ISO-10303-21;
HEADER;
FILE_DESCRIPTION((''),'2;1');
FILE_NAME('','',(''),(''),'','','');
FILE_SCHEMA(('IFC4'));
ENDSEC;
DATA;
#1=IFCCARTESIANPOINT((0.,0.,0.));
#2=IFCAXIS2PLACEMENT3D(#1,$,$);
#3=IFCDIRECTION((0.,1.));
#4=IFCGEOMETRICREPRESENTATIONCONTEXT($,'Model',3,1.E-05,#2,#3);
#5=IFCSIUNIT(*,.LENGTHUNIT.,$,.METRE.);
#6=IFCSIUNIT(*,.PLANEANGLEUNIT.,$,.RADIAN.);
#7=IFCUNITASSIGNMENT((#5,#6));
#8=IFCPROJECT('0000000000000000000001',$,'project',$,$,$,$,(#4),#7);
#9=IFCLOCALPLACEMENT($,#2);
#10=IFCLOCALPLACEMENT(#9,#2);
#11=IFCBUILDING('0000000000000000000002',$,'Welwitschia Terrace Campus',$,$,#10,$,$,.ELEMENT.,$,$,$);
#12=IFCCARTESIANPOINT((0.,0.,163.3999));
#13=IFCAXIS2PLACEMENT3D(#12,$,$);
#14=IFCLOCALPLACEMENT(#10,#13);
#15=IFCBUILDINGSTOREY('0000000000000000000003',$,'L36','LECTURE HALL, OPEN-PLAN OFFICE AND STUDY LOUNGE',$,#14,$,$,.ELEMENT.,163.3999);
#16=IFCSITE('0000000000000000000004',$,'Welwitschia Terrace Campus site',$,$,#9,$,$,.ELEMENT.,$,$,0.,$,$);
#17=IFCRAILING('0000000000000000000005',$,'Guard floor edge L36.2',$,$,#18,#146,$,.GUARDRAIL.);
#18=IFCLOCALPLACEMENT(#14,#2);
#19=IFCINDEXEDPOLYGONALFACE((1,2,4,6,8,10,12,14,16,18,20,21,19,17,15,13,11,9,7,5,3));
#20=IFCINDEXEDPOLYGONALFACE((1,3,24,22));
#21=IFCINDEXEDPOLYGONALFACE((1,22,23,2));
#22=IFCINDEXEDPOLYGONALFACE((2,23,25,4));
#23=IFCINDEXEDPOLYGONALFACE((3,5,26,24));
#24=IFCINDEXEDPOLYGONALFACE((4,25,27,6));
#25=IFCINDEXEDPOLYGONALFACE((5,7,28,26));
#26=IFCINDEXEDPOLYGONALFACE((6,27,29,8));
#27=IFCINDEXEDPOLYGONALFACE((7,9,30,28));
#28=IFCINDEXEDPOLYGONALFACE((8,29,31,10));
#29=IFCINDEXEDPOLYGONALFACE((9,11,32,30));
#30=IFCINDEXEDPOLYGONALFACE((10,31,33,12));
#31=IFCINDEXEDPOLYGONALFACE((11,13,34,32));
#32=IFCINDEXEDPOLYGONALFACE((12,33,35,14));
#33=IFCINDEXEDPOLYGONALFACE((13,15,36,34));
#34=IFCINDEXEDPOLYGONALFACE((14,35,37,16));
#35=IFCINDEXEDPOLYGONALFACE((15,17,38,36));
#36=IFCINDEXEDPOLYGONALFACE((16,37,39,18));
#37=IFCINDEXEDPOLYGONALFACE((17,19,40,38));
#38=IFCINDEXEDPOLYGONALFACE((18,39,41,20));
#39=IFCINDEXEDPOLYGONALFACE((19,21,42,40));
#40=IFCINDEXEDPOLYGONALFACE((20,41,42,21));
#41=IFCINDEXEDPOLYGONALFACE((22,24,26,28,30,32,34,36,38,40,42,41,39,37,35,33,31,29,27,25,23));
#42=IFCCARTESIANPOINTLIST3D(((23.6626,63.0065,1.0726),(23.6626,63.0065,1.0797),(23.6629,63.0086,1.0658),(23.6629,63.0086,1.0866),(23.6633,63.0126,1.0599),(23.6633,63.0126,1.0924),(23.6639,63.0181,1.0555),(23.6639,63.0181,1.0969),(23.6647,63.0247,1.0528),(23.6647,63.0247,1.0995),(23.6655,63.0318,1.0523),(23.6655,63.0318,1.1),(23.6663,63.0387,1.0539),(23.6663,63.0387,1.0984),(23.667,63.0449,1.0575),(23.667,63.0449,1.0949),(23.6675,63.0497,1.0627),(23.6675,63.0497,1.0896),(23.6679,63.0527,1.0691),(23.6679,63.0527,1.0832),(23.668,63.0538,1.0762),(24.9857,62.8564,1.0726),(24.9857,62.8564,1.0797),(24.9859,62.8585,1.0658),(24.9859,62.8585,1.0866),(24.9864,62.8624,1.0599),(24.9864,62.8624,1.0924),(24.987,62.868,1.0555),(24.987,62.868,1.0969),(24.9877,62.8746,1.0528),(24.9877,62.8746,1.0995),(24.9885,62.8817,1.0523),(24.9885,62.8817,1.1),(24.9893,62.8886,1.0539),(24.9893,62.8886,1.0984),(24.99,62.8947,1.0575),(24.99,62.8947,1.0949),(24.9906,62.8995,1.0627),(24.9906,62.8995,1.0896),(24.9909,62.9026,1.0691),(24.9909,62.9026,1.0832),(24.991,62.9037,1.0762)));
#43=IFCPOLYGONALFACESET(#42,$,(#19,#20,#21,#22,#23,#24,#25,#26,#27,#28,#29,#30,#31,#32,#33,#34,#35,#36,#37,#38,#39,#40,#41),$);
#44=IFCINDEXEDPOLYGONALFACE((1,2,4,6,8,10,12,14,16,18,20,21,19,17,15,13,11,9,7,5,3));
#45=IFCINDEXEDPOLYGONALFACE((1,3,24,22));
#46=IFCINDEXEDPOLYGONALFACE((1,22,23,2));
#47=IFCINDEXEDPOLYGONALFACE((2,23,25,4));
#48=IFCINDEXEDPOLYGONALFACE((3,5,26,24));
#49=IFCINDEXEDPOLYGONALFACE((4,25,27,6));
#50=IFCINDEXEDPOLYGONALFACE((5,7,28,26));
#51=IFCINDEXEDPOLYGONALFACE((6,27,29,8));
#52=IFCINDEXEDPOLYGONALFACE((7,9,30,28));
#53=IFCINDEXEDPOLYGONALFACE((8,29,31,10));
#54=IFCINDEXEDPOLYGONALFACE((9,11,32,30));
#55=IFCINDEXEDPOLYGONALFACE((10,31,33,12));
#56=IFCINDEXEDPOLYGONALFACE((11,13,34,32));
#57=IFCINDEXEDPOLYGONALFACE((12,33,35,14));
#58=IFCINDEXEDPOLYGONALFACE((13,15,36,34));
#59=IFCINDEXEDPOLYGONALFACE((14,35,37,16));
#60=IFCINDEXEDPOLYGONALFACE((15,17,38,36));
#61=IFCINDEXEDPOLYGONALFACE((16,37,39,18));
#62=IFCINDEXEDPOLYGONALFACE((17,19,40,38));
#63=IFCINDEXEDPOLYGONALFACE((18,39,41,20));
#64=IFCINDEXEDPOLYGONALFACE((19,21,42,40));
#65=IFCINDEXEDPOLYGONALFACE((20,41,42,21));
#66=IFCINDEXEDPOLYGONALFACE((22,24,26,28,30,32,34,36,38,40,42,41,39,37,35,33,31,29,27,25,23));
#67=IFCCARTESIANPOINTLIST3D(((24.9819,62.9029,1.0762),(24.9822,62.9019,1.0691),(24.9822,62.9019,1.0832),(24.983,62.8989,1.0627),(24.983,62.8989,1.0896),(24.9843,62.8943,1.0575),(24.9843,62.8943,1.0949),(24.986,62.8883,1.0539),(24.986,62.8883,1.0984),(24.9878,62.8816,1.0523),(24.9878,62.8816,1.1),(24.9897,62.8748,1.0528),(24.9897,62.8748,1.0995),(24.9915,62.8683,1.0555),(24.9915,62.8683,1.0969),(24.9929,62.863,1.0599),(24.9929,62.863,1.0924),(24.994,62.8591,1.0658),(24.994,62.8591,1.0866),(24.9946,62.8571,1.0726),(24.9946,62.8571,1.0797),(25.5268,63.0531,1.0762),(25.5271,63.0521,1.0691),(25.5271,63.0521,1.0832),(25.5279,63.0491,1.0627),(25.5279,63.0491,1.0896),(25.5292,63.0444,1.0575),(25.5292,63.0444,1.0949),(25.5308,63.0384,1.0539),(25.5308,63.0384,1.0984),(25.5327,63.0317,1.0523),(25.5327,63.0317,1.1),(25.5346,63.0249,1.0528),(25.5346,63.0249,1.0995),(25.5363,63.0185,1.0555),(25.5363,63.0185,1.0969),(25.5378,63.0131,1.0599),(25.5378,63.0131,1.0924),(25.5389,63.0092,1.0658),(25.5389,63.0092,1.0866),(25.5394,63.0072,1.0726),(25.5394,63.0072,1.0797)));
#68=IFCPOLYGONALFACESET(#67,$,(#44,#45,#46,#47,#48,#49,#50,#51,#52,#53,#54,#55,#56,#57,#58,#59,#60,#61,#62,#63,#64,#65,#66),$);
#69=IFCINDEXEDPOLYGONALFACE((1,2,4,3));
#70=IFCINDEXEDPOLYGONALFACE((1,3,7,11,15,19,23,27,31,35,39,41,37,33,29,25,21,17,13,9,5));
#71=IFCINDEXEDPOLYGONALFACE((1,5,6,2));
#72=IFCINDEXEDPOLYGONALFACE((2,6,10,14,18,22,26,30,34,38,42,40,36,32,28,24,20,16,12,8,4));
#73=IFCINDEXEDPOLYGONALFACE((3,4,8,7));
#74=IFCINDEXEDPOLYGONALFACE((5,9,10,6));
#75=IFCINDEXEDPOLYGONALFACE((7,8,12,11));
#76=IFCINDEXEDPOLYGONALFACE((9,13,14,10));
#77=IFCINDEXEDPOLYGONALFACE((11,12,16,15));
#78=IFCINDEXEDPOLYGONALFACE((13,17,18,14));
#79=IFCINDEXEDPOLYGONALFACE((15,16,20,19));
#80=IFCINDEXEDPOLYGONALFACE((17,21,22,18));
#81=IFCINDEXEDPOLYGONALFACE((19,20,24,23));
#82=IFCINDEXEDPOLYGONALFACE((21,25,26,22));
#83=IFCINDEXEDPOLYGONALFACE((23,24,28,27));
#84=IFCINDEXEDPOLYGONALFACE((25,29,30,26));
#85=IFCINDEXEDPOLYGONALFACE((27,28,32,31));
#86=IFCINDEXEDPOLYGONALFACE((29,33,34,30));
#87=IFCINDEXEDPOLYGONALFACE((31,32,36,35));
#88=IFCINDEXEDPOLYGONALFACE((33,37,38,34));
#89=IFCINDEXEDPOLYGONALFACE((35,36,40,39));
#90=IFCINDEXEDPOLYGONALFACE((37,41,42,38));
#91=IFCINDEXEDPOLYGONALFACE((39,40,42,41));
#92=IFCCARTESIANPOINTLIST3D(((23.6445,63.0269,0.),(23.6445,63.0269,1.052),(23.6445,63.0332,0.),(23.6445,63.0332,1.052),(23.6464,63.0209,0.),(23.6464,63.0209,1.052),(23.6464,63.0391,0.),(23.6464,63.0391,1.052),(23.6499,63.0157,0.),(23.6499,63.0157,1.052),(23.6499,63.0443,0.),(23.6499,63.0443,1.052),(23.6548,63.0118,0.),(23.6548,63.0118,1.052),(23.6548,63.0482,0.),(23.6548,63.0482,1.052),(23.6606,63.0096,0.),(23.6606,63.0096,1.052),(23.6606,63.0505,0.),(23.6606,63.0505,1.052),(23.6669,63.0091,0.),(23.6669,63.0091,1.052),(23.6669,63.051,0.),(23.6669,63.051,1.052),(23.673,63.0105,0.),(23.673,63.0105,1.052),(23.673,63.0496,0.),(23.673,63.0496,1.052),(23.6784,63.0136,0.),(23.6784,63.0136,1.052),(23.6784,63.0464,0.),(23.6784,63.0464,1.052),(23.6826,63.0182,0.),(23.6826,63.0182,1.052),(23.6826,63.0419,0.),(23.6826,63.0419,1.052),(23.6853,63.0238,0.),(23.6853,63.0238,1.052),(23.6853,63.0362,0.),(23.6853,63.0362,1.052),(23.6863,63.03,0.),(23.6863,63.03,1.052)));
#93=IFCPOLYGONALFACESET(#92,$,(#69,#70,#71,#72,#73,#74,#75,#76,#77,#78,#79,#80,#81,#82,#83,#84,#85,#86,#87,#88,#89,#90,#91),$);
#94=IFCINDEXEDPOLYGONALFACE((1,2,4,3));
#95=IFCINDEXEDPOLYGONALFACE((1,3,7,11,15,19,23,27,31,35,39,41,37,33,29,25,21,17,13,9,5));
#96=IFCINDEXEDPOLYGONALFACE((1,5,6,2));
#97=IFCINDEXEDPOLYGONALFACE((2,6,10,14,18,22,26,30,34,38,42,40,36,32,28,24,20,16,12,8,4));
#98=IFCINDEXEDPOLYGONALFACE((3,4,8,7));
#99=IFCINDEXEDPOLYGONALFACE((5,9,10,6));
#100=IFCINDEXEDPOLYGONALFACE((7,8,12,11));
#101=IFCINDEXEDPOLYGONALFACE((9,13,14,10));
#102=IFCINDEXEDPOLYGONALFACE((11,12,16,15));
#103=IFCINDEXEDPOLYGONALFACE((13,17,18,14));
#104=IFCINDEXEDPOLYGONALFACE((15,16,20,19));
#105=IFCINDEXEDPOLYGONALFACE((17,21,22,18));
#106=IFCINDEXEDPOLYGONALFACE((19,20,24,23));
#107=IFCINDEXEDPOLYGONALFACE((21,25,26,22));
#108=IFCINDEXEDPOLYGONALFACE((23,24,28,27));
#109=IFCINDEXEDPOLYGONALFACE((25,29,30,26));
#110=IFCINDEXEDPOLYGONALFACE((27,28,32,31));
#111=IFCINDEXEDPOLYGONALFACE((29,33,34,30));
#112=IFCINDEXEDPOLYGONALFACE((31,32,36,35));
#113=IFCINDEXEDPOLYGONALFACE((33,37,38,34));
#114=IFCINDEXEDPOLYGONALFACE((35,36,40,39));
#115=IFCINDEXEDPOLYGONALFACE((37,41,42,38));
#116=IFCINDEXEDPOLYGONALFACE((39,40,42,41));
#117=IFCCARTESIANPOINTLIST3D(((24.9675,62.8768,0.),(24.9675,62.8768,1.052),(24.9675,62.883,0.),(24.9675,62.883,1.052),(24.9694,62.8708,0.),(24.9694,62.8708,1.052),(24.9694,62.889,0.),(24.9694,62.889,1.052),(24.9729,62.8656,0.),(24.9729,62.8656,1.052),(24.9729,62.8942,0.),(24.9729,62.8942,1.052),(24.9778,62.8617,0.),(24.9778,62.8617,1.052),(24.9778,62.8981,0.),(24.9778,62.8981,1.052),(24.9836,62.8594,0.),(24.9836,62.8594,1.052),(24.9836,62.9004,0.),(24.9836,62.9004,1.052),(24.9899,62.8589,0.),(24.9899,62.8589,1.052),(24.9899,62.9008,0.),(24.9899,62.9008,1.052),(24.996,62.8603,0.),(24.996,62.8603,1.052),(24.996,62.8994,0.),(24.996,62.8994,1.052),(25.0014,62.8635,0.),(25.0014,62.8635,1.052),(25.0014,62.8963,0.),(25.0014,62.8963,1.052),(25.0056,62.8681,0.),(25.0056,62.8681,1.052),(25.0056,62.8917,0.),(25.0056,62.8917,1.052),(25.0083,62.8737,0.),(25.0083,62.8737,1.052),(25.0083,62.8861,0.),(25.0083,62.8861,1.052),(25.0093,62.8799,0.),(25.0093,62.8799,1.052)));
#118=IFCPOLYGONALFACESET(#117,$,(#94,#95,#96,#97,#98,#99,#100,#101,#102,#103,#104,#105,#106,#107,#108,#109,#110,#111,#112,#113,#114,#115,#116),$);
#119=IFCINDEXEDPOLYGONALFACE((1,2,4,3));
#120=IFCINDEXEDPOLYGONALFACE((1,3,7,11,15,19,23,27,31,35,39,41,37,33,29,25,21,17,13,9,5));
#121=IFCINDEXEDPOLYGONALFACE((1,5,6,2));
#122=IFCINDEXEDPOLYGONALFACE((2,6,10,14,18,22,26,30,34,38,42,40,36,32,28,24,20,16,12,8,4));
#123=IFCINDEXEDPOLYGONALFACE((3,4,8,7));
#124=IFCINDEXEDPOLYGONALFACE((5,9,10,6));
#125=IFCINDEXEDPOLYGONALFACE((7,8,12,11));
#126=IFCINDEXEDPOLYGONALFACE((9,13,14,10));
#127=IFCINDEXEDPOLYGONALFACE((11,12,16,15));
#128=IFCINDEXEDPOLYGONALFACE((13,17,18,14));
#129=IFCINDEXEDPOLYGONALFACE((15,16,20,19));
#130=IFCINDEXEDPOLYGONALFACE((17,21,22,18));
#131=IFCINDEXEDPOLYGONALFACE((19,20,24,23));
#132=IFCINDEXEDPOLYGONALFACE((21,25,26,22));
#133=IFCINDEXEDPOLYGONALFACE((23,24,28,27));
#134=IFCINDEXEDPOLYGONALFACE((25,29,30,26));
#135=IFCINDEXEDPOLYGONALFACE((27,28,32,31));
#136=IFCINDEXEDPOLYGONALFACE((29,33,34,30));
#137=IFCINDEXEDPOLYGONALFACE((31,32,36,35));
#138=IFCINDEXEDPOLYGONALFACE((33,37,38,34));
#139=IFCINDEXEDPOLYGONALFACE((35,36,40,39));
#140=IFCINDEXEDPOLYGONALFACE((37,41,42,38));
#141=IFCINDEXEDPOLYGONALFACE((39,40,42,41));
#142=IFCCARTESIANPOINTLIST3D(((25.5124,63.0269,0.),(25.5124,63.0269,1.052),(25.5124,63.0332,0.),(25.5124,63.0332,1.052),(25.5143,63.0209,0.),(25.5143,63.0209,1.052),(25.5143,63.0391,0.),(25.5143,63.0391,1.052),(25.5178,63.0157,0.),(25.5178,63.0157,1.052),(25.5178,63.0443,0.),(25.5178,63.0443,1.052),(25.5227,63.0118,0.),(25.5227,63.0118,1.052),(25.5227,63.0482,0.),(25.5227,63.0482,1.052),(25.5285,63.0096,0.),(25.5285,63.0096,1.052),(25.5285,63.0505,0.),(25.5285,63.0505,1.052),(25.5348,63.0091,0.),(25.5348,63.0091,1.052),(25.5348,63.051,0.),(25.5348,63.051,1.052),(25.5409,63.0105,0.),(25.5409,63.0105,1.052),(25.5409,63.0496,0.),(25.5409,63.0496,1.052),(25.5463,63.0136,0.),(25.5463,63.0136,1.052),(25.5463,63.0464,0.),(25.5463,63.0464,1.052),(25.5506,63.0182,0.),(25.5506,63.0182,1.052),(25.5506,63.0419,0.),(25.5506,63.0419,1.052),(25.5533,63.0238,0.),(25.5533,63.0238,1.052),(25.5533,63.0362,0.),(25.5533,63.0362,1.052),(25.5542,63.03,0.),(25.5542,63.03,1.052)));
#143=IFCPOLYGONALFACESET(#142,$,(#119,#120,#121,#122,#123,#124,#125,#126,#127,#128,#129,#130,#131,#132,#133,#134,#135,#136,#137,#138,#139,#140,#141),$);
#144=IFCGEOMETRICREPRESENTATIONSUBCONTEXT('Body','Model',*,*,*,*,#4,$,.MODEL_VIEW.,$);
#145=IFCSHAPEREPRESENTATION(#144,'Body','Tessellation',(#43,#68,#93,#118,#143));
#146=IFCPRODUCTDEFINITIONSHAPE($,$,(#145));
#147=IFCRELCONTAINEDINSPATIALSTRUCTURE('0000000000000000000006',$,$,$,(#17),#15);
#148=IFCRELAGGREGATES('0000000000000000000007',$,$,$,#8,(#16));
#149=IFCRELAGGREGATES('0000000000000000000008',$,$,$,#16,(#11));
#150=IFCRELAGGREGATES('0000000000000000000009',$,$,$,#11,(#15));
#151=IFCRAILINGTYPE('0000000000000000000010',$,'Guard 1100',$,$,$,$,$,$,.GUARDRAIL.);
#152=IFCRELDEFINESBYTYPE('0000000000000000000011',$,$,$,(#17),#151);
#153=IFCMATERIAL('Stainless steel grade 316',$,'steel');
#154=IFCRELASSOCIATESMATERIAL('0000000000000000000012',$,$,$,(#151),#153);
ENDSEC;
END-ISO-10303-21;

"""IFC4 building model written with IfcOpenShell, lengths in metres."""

from ifc_helpers import new_model, si_unit, direction, frame, origin, origin_2d, place, context, subcontext, project, spatial, circle, extrude, material, type_object, element, save


model = new_model("IFC4")

# Units and contexts
model_context = context("Model", 3, precision=1e-05, world=origin(), true_north=direction((0.0, 1.0)))
body_context = subcontext(model_context, "Body", "Model", "MODEL_VIEW")
ifc_project = project(units=[si_unit("LENGTHUNIT", "METRE"), si_unit("PLANEANGLEUNIT", "RADIAN")], contexts=[model_context])

# Site, building, storey
site_placement = place(None, origin())
site = spatial("IfcSite", under=ifc_project, at=site_placement, Name="Welwitschia Terrace Campus site", CompositionType="ELEMENT", RefElevation=0.0)
building_placement = place(site_placement, origin())
building = spatial("IfcBuilding", under=site, at=building_placement, Name="Welwitschia Terrace Campus", CompositionType="ELEMENT")
storey_placement = place(building_placement, frame((0.0, 0.0, 163.3999)))
storey = spatial("IfcBuildingStorey", under=building, at=storey_placement, Name="L36", Description="LECTURE HALL, OPEN-PLAN OFFICE AND STUDY LOUNGE", CompositionType="ELEMENT", Elevation=163.3999)

# Railing
ifc_material_1 = material(Name="Stainless steel grade 316", Category="steel")
railing_type = type_object("IfcRailingType", Name="Guard 1100", PredefinedType="GUARDRAIL", material=ifc_material_1)
railing_placement = place(storey_placement, frame((23.6653, 63.03, 0.0)))
element("IfcRailing", 1, at=railing_placement, inside=storey, type_object=railing_type, Name="Guard floor edge L36.2", PredefinedType="GUARDRAIL", context=body_context, shape_type="SweptSolid", body=[
    extrude(circle(Radius=0.0239, at=origin_2d()), frame((0.0, 0.0, 1.0762), z_axis=(0.993622, -0.112766, 0.0), x_axis=(0.112766, 0.993622, 0.0)), (0.0, 0.0, 1.0), 1.3315),
    extrude(circle(Radius=0.0239, at=origin_2d()), frame((1.323, -0.1501, 1.0762), z_axis=(0.964073, 0.265638, 0.0), x_axis=(-0.265638, 0.964073, 0.0)), (0.0, 0.0, 1.0), 0.5652),
    extrude(circle(Radius=0.021, at=origin_2d()), origin(), (0.0, 0.0, 1.0), 1.052),
    extrude(circle(Radius=0.021, at=origin_2d()), frame((1.323, -0.1501, 0.0)), (0.0, 0.0, 1.0), 1.052),
    extrude(circle(Radius=0.021, at=origin_2d()), frame((1.8679, 0.0, 0.0)), (0.0, 0.0, 1.0), 1.052),
])

save(model, "model.ifc")
